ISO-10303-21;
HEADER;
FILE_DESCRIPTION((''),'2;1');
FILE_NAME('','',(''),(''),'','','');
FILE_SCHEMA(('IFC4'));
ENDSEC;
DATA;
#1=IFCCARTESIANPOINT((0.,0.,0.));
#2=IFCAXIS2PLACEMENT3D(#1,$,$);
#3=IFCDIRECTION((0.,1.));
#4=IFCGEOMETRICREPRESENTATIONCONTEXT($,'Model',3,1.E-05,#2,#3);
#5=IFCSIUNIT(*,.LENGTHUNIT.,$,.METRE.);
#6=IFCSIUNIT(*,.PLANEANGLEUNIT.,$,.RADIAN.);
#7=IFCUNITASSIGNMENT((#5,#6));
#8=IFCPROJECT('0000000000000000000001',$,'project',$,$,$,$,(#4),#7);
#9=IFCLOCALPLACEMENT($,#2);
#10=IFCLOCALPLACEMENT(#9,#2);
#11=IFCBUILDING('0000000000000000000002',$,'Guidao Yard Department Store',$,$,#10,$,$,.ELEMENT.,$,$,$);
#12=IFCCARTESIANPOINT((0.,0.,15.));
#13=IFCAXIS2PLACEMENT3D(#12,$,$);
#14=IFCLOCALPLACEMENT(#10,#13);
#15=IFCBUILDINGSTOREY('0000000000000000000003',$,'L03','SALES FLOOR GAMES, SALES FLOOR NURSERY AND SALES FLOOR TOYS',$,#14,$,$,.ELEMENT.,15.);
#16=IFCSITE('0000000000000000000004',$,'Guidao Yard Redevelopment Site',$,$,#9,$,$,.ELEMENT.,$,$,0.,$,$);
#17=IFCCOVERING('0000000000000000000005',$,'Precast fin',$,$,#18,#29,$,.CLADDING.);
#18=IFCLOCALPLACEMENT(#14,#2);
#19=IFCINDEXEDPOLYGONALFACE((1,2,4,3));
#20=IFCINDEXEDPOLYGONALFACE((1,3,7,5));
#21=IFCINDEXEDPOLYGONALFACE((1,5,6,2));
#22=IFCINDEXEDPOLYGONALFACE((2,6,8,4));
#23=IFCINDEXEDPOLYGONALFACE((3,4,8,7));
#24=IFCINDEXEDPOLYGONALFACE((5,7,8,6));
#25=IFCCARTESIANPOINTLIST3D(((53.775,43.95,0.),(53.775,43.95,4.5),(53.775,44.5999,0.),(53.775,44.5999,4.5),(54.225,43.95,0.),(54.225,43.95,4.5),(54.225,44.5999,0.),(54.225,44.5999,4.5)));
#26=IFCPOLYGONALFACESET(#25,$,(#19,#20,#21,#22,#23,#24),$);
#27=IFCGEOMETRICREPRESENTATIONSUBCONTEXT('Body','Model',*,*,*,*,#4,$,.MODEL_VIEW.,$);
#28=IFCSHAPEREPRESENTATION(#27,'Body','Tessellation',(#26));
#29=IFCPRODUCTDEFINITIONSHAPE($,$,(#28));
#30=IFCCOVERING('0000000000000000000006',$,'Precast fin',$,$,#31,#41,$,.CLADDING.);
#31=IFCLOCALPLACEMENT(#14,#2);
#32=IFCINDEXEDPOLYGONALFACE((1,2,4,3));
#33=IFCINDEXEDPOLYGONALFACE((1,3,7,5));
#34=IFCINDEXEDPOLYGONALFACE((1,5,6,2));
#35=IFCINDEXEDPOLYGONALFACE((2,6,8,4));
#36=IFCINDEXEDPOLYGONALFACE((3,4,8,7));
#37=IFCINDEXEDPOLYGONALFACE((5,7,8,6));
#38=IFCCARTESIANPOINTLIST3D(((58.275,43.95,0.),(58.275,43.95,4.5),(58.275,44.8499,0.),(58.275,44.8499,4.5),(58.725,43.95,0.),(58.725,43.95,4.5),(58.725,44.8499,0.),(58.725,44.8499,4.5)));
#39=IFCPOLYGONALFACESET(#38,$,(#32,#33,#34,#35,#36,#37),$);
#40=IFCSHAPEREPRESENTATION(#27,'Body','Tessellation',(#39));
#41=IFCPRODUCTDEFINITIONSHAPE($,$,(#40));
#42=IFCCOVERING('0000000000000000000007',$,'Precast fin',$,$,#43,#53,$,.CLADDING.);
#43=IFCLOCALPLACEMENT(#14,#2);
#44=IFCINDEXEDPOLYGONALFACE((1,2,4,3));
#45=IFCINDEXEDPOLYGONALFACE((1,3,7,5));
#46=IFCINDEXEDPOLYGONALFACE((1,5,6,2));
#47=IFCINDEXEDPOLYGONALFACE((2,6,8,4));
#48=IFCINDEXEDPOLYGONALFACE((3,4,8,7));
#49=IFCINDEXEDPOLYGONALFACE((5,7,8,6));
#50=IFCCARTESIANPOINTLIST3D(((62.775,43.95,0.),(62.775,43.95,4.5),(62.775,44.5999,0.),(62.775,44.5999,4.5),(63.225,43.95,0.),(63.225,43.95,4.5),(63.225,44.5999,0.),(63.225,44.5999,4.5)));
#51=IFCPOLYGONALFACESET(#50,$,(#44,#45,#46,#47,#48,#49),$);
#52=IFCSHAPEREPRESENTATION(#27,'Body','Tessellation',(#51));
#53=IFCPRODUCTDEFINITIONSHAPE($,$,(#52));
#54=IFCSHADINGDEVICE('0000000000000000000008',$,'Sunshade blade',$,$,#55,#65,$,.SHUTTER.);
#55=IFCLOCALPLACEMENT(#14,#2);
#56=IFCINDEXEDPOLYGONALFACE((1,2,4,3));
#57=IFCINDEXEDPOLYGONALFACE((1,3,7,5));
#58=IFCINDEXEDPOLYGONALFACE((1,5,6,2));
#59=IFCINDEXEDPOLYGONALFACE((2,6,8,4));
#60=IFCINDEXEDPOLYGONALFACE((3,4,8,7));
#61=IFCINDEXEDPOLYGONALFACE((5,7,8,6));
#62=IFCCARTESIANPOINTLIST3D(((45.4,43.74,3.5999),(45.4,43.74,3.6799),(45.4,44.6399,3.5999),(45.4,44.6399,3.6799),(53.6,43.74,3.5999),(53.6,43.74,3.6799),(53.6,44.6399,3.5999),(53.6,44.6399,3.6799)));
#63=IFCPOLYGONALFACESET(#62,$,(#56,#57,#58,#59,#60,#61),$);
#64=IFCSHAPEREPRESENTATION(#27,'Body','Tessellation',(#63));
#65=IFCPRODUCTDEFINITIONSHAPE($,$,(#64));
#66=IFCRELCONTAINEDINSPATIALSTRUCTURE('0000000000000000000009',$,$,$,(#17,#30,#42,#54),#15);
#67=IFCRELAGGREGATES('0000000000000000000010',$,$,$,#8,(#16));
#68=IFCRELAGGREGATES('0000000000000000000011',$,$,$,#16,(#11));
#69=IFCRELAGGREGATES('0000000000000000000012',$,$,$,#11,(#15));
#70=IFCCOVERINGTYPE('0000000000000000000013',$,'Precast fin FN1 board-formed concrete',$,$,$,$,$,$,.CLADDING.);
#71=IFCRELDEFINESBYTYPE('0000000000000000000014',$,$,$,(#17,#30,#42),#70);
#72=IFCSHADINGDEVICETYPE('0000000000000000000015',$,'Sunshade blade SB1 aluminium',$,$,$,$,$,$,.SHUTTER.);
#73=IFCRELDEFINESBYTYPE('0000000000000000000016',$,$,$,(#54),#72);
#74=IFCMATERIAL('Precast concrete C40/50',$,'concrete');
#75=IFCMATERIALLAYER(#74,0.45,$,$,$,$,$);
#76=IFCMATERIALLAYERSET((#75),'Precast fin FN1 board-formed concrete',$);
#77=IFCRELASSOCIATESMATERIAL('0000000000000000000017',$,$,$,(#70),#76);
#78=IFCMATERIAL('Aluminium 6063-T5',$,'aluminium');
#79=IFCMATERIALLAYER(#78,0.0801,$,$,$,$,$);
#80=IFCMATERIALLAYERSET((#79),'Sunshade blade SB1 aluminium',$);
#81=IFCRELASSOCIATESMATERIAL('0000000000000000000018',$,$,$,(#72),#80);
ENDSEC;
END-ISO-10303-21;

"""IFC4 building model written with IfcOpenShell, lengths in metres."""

from ifc_helpers import new_model, si_unit, direction, frame, origin, origin_2d, place, context, subcontext, project, spatial, rectangle, extrude, material, layer, layer_set, type_object, element, save


model = new_model("IFC4")

# Units and contexts
model_context = context("Model", 3, precision=1e-05, world=origin(), true_north=direction((0.0, 1.0)))
body_context = subcontext(model_context, "Body", "Model", "MODEL_VIEW")
ifc_project = project(units=[si_unit("LENGTHUNIT", "METRE"), si_unit("PLANEANGLEUNIT", "RADIAN")], contexts=[model_context])

# Site, building, storey
site_placement = place(None, origin())
site = spatial("IfcSite", under=ifc_project, at=site_placement, Name="Guidao Yard Redevelopment Site", CompositionType="ELEMENT", RefElevation=0.0)
building_placement = place(site_placement, origin())
building = spatial("IfcBuilding", under=site, at=building_placement, Name="Guidao Yard Department Store", CompositionType="ELEMENT")
storey_placement = place(building_placement, frame((0.0, 0.0, 15.0)))
storey = spatial("IfcBuildingStorey", under=building, at=storey_placement, Name="L03", Description="SALES FLOOR GAMES, SALES FLOOR NURSERY AND SALES FLOOR TOYS", CompositionType="ELEMENT", Elevation=15.0)

# Coverings
ifc_material_1 = material(Name="Precast concrete C40/50", Category="concrete")
ifc_layer_1 = layer(ifc_material_1, 0.45)
ifc_layer_set_1 = layer_set([ifc_layer_1], Name="Precast fin FN1 board-formed concrete")
covering_type = type_object("IfcCoveringType", Name="Precast fin FN1 board-formed concrete", PredefinedType="CLADDING", material=ifc_layer_set_1)
covering_1_placement = place(storey_placement, frame((54.0, 44.2749, 0.0), z_axis=(0.0, 0.0, 1.0), x_axis=(-1.0, 0.0, 0.0)))
element("IfcCovering", 1, at=covering_1_placement, inside=storey, type_object=covering_type, Name="Precast fin", PredefinedType="CLADDING", context=body_context, shape_type="SweptSolid", body=[
    extrude(rectangle(XDim=0.45, YDim=0.6499, at=origin_2d()), origin(), (0.0, 0.0, 1.0), 4.5),
])
covering_2_placement = place(storey_placement, frame((58.5, 44.3999, 0.0), z_axis=(0.0, 0.0, 1.0), x_axis=(-1.0, 0.0, 0.0)))
element("IfcCovering", 2, at=covering_2_placement, inside=storey, type_object=covering_type, Name="Precast fin", PredefinedType="CLADDING", context=body_context, shape_type="SweptSolid", body=[
    extrude(rectangle(XDim=0.45, YDim=0.8999, at=origin_2d()), origin(), (0.0, 0.0, 1.0), 4.5),
])
covering_3_placement = place(storey_placement, frame((63.0, 44.2749, 0.0), z_axis=(0.0, 0.0, 1.0), x_axis=(-1.0, 0.0, 0.0)))
element("IfcCovering", 3, at=covering_3_placement, inside=storey, type_object=covering_type, Name="Precast fin", PredefinedType="CLADDING", context=body_context, shape_type="SweptSolid", body=[
    extrude(rectangle(XDim=0.45, YDim=0.6499, at=origin_2d()), origin(), (0.0, 0.0, 1.0), 4.5),
])

# Shading device
ifc_material_2 = material(Name="Aluminium 6063-T5", Category="aluminium")
ifc_layer_2 = layer(ifc_material_2, 0.0801)
ifc_layer_set_2 = layer_set([ifc_layer_2], Name="Sunshade blade SB1 aluminium")
shading_device_type = type_object("IfcShadingDeviceType", Name="Sunshade blade SB1 aluminium", PredefinedType="SHUTTER", material=ifc_layer_set_2)
shading_device_placement = place(storey_placement, frame((49.5, 44.1899, 3.5999), z_axis=(0.0, 0.0, 1.0), x_axis=(-1.0, 0.0, 0.0)))
element("IfcShadingDevice", 4, at=shading_device_placement, inside=storey, type_object=shading_device_type, Name="Sunshade blade", PredefinedType="SHUTTER", context=body_context, shape_type="SweptSolid", body=[
    extrude(rectangle(XDim=8.2, YDim=0.8999, at=origin_2d()), origin(), (0.0, 0.0, 1.0), 0.0801),
])

save(model, "model.ifc")
